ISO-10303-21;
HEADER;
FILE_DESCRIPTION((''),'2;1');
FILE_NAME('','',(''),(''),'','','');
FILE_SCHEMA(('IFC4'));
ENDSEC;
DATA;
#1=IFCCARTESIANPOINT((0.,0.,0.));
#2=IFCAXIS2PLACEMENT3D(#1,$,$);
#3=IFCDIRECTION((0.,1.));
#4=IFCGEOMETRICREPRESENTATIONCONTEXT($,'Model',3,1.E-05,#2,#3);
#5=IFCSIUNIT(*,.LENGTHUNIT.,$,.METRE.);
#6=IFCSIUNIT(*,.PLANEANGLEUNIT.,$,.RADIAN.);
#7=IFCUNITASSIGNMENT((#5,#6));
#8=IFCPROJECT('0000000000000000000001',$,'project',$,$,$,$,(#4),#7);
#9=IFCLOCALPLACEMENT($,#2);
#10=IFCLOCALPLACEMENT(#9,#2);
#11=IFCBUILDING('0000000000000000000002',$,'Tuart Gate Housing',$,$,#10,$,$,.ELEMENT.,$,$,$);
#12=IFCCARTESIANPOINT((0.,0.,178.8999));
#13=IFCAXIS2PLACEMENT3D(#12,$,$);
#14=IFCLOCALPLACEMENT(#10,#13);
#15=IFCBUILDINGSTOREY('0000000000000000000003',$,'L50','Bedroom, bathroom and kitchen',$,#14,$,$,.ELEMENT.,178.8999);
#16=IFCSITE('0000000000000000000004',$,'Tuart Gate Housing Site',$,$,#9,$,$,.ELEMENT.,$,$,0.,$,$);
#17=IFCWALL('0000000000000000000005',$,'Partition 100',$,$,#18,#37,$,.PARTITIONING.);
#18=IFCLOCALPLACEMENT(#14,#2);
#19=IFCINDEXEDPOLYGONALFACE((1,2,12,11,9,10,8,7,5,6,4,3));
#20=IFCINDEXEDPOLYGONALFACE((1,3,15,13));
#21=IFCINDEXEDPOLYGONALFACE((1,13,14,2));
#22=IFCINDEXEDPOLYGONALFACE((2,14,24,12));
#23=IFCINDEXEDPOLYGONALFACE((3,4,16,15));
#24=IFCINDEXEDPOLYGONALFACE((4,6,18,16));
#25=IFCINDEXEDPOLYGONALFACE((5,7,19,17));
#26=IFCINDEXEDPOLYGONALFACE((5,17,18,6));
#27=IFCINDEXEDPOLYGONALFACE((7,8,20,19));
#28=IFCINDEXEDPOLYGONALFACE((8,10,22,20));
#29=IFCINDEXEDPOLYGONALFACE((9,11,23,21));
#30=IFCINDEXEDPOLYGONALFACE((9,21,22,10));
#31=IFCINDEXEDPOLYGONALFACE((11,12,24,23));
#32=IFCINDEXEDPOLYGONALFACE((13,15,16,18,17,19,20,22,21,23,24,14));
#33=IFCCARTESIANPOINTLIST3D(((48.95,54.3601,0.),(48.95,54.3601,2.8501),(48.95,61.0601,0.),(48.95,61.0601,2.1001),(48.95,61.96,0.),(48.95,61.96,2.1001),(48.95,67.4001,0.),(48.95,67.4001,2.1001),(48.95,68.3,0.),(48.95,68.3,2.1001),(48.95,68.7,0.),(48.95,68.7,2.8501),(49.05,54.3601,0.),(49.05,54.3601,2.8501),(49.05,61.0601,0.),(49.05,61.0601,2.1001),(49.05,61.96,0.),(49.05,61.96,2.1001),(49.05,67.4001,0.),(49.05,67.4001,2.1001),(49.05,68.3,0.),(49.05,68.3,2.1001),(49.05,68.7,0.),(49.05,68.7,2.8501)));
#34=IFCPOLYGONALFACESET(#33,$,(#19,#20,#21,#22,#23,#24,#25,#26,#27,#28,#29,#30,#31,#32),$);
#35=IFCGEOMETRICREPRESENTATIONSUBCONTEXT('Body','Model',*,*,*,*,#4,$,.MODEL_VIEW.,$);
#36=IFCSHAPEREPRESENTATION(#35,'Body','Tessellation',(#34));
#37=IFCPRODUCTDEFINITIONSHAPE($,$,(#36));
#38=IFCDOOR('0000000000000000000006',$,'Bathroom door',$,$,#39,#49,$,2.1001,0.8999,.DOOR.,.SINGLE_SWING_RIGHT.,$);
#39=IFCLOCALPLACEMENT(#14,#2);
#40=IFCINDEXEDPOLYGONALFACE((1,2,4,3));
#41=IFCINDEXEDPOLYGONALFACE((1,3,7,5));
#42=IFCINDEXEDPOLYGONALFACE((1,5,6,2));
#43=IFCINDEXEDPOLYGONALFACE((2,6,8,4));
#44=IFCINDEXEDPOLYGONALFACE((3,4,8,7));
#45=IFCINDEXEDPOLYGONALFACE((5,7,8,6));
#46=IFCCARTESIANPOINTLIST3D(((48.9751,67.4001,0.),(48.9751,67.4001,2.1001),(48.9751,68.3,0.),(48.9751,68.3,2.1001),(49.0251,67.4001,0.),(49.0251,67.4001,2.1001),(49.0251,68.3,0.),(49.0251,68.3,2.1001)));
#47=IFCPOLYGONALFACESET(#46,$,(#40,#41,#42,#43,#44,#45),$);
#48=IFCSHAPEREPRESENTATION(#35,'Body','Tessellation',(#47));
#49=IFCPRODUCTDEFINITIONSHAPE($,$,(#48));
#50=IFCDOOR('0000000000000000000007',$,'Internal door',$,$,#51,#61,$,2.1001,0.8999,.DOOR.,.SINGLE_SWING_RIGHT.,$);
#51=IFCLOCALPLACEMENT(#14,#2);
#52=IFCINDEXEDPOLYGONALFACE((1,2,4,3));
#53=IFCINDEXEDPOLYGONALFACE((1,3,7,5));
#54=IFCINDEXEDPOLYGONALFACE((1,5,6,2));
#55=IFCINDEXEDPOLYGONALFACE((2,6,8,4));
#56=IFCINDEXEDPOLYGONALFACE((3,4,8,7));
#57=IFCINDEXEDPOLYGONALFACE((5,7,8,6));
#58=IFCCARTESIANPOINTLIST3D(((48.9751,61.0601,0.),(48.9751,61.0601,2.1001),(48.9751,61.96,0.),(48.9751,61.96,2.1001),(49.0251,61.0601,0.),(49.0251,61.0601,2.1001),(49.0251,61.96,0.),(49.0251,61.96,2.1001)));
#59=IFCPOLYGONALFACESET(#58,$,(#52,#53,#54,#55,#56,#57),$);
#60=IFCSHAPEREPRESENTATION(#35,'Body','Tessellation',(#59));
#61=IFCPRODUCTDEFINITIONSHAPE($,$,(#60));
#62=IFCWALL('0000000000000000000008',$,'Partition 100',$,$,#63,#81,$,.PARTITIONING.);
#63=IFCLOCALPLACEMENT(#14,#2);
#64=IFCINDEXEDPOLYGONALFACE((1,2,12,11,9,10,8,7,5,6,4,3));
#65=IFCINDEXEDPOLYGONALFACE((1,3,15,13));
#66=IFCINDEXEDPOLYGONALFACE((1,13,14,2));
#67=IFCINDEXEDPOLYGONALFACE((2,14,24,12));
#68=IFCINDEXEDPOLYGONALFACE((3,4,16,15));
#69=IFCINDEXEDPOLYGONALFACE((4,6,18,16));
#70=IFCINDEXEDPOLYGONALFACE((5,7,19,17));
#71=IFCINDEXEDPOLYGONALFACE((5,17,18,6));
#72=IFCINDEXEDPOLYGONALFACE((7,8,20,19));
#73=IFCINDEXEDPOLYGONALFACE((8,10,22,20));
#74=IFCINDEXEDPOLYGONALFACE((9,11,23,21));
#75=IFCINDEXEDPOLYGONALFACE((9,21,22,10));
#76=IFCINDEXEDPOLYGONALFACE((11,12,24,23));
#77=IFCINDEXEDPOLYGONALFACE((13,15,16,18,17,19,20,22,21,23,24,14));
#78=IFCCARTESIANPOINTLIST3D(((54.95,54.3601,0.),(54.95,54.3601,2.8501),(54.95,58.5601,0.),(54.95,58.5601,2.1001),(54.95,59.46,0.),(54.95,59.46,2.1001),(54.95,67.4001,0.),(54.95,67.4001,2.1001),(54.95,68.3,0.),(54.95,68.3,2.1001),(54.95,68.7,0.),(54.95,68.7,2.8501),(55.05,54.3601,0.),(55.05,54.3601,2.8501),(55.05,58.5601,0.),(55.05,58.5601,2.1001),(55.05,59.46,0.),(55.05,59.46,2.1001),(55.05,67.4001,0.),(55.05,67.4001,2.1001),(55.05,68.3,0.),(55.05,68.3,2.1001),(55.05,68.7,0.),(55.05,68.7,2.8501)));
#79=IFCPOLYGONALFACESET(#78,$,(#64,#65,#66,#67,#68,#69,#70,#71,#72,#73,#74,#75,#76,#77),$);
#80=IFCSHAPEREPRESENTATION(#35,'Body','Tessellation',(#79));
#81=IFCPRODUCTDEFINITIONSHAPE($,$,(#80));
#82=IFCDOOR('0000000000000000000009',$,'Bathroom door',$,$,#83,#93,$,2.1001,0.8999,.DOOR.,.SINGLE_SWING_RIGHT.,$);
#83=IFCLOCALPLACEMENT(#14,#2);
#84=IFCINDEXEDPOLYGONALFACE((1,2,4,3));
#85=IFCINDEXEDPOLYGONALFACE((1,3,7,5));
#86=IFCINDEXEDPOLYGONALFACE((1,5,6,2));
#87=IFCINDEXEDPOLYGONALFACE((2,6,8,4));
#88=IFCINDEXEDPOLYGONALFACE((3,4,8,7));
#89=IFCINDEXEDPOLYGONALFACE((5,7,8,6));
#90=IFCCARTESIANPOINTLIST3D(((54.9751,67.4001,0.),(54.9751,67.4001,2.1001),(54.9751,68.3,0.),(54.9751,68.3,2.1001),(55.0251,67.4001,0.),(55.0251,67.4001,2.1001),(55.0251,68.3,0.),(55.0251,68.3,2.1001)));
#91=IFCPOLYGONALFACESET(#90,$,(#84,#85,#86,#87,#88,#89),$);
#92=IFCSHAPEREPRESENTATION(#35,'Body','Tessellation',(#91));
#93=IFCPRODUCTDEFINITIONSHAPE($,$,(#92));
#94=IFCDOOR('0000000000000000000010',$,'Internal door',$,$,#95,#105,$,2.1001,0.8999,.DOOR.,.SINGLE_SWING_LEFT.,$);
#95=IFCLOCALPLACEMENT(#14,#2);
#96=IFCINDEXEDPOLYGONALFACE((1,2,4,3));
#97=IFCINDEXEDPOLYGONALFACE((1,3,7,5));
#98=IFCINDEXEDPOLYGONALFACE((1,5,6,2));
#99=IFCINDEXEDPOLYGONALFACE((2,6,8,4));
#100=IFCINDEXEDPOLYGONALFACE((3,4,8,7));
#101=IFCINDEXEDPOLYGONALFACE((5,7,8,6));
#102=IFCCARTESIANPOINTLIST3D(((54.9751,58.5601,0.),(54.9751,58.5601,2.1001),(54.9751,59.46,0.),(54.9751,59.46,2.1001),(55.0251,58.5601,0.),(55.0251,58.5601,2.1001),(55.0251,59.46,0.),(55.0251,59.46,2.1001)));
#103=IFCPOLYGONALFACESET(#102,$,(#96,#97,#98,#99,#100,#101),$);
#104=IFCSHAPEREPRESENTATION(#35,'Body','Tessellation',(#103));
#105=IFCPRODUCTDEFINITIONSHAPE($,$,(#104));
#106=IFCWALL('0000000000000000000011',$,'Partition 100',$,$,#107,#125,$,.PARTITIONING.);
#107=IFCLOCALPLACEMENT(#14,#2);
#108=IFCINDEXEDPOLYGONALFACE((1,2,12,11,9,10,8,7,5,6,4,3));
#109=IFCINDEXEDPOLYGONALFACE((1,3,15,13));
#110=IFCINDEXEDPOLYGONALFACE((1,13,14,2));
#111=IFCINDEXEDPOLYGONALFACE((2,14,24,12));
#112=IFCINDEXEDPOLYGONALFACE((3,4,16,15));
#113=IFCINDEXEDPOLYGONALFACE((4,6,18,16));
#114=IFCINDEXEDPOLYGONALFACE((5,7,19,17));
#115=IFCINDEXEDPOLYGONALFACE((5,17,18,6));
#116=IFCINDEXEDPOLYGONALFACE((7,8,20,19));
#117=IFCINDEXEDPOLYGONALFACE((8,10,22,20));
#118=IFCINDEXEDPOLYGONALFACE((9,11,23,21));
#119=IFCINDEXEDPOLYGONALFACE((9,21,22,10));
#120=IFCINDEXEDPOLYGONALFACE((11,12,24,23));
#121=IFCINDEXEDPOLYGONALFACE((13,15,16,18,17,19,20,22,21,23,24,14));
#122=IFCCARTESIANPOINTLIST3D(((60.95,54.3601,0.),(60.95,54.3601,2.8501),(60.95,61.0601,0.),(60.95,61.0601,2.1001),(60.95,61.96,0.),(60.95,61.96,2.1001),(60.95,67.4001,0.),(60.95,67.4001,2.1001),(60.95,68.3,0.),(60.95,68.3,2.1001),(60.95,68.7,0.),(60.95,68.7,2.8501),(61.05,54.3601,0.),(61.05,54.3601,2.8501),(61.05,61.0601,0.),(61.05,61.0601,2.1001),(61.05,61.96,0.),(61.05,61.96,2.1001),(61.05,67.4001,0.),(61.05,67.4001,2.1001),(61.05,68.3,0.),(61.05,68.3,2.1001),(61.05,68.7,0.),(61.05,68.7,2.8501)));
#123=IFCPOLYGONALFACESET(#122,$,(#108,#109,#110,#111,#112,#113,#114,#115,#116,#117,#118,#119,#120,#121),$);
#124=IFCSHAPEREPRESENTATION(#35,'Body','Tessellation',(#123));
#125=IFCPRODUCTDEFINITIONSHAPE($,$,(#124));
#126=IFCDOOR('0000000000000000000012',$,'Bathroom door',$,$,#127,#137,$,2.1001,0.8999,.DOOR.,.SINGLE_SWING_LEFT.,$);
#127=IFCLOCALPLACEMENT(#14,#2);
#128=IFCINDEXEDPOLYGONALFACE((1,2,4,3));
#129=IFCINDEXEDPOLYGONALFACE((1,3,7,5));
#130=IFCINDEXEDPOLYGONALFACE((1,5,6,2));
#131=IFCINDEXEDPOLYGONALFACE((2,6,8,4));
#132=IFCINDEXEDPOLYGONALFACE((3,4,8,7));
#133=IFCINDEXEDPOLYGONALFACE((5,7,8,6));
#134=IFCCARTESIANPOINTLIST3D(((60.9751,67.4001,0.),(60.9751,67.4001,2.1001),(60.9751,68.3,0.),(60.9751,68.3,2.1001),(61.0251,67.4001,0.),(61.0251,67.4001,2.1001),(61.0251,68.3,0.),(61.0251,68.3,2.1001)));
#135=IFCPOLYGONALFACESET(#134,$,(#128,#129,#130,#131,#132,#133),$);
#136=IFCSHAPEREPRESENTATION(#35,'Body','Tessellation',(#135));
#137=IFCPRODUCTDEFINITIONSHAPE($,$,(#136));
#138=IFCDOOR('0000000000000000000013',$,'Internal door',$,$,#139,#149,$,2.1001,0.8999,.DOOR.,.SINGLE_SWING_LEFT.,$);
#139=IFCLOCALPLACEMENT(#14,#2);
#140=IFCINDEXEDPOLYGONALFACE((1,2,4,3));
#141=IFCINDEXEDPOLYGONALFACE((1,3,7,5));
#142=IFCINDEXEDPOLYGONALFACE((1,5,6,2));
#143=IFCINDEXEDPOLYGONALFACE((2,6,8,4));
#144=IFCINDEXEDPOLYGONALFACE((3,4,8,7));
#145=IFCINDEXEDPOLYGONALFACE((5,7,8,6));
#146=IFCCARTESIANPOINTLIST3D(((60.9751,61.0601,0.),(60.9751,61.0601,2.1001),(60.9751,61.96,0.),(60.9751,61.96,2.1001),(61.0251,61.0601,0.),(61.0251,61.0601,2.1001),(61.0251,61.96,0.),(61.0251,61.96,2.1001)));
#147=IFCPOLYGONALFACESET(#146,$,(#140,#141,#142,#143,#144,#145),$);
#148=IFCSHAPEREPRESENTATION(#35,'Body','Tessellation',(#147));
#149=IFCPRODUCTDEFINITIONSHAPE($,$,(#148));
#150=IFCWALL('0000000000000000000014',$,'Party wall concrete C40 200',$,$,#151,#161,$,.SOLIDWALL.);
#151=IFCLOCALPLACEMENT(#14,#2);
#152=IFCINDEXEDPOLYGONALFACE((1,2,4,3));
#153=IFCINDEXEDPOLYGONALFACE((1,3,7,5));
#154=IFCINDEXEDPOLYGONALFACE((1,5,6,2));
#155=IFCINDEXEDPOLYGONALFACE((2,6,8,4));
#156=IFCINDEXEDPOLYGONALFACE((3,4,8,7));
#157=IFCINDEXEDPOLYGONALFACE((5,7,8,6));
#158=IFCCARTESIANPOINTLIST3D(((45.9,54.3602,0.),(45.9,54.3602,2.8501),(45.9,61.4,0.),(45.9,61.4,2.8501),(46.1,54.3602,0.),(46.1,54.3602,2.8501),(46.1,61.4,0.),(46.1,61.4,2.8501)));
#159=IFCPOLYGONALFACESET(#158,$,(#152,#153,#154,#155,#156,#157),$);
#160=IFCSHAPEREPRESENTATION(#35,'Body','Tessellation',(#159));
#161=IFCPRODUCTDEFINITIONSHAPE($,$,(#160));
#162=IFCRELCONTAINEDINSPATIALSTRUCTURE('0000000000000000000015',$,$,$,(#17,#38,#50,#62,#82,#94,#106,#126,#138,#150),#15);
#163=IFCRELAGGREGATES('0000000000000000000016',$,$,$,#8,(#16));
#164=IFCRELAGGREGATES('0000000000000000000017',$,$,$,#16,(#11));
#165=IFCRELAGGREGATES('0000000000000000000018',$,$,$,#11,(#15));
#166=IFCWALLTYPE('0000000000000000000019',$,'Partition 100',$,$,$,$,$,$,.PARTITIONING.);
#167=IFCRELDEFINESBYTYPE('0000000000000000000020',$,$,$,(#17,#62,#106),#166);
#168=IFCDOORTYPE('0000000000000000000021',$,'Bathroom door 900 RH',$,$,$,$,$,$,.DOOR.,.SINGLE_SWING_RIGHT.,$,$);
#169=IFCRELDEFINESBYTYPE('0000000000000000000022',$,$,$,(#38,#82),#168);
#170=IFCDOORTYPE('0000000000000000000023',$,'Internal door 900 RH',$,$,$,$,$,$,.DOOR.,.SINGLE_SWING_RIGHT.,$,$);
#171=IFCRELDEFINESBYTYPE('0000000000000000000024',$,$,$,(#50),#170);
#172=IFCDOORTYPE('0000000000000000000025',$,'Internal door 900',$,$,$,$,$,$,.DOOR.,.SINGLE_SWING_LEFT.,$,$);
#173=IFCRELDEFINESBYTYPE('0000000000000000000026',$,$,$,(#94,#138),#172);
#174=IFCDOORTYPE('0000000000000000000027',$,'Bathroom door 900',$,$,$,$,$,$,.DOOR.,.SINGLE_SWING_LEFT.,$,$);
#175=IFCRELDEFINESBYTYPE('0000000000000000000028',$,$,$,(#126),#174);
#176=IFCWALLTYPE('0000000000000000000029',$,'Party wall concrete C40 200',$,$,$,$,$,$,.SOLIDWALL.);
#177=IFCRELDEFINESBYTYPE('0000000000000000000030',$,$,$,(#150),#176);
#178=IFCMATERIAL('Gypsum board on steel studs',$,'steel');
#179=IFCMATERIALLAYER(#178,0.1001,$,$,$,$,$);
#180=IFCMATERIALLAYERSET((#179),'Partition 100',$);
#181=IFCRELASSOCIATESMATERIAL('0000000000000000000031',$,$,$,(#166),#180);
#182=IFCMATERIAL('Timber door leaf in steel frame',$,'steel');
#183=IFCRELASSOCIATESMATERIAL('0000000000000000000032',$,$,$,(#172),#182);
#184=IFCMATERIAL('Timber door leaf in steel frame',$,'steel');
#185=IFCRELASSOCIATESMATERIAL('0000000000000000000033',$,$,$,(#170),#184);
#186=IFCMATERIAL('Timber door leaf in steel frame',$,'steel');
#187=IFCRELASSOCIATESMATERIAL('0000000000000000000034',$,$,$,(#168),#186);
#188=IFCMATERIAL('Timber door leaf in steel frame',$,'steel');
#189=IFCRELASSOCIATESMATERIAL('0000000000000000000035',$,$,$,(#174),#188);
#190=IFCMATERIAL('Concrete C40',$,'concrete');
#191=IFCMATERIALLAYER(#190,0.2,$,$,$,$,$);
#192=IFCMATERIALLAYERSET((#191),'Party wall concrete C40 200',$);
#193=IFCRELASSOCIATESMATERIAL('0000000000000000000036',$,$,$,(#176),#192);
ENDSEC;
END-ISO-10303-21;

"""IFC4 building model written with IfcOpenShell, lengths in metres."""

from ifc_helpers import new_model, si_unit, direction, frame, frame_2d, origin, place, context, subcontext, project, spatial, rectangle, extrude, material, layer, layer_set, type_object, element, fill, save


model = new_model("IFC4")

# Units and contexts
model_context = context("Model", 3, precision=1e-05, world=origin(), true_north=direction((0.0, 1.0)))
body_context = subcontext(model_context, "Body", "Model", "MODEL_VIEW")
ifc_project = project(units=[si_unit("LENGTHUNIT", "METRE"), si_unit("PLANEANGLEUNIT", "RADIAN")], contexts=[model_context])

# Site, building, storey
site_placement = place(None, origin())
site = spatial("IfcSite", under=ifc_project, at=site_placement, Name="Tuart Gate Housing Site", CompositionType="ELEMENT", RefElevation=0.0)
building_placement = place(site_placement, origin())
building = spatial("IfcBuilding", under=site, at=building_placement, Name="Tuart Gate Housing", CompositionType="ELEMENT")
storey_placement = place(building_placement, frame((0.0, 0.0, 178.8999)))
storey = spatial("IfcBuildingStorey", under=building, at=storey_placement, Name="L50", Description="Bedroom, bathroom and kitchen", CompositionType="ELEMENT", Elevation=178.8999)

# Shared definitions
ifc_material_1 = material(Name="Gypsum board on steel studs", Category="steel")
ifc_layer_1 = layer(ifc_material_1, 0.1001)
ifc_layer_set_1 = layer_set([ifc_layer_1], Name="Partition 100")
wall_type_1 = type_object("IfcWallType", Name="Partition 100", PredefinedType="PARTITIONING", material=ifc_layer_set_1)
ifc_material_2 = material(Name="Timber door leaf in steel frame", Category="steel")
door_type_1 = type_object("IfcDoorType", Name="Internal door 900", OperationType="SINGLE_SWING_LEFT", PredefinedType="DOOR", material=ifc_material_2)
ifc_material_3 = material(Name="Timber door leaf in steel frame", Category="steel")
door_type_2 = type_object("IfcDoorType", Name="Internal door 900 RH", OperationType="SINGLE_SWING_RIGHT", PredefinedType="DOOR", material=ifc_material_3)

# Walls, openings, doors
wall_1_placement = place(storey_placement, frame((49.0, 54.3601, 0.0), z_axis=(0.0, 0.0, 1.0), x_axis=(0.0, 1.0, 0.0)))
wall_1 = element("IfcWall", 1, at=wall_1_placement, inside=storey, type_object=wall_type_1, Name="Partition 100", PredefinedType="PARTITIONING", context=body_context, shape_type="SweptSolid", body=[
    extrude(rectangle(XDim=14.3398, YDim=0.1001, at=frame_2d((7.1699, 0.0))), origin(), (0.0, 0.0, 1.0), 2.8501),
])
opening_1_placement = place(wall_1_placement, frame((6.7, 0.0, 0.0)))
opening_1 = element("IfcOpeningElement", 2, at=opening_1_placement, cuts=wall_1, PredefinedType="OPENING", context=body_context, shape_type="SweptSolid", body=[
    extrude(rectangle(XDim=0.8999, YDim=2.1001, at=frame_2d((0.45, 1.05))), frame((0.0, 0.0601, 0.0), z_axis=(0.0, -1.0, 0.0), x_axis=(1.0, 0.0, 0.0)), (0.0, 0.0, 1.0), 0.1201),
])
opening_2_placement = place(wall_1_placement, frame((13.04, 0.0, 0.0)))
opening_2 = element("IfcOpeningElement", 3, at=opening_2_placement, cuts=wall_1, PredefinedType="OPENING", context=body_context, shape_type="SweptSolid", body=[
    extrude(rectangle(XDim=0.8999, YDim=2.1001, at=frame_2d((0.45, 1.05))), frame((0.0, 0.0601, 0.0), z_axis=(0.0, -1.0, 0.0), x_axis=(1.0, 0.0, 0.0)), (0.0, 0.0, 1.0), 0.1201),
])
ifc_material_4 = material(Name="Timber door leaf in steel frame", Category="steel")
door_type_3 = type_object("IfcDoorType", Name="Bathroom door 900 RH", OperationType="SINGLE_SWING_RIGHT", PredefinedType="DOOR", material=ifc_material_4)
door_1_placement = place(opening_2_placement, origin())
door_1 = element("IfcDoor", 4, at=door_1_placement, inside=storey, type_object=door_type_3, Name="Bathroom door", OperationType="SINGLE_SWING_RIGHT", OverallHeight=2.1001, OverallWidth=0.8999, PredefinedType="DOOR", context=body_context, shape_type="SweptSolid", body=[
    extrude(rectangle(XDim=0.8999, YDim=2.1001, at=frame_2d((0.45, 1.05))), frame((0.0, 0.0249, 0.0), z_axis=(0.0, -1.0, 0.0), x_axis=(1.0, 0.0, 0.0)), (0.0, 0.0, 1.0), 0.05),
])
fill(opening_2, door_1)
door_2_placement = place(opening_1_placement, origin())
door_2 = element("IfcDoor", 5, at=door_2_placement, inside=storey, type_object=door_type_2, Name="Internal door", OperationType="SINGLE_SWING_RIGHT", OverallHeight=2.1001, OverallWidth=0.8999, PredefinedType="DOOR", context=body_context, shape_type="SweptSolid", body=[
    extrude(rectangle(XDim=0.8999, YDim=2.1001, at=frame_2d((0.45, 1.05))), frame((0.0, 0.0249, 0.0), z_axis=(0.0, -1.0, 0.0), x_axis=(1.0, 0.0, 0.0)), (0.0, 0.0, 1.0), 0.05),
])
fill(opening_1, door_2)
wall_2_placement = place(storey_placement, frame((55.0, 54.3601, 0.0), z_axis=(0.0, 0.0, 1.0), x_axis=(0.0, 1.0, 0.0)))
wall_2 = element("IfcWall", 6, at=wall_2_placement, inside=storey, type_object=wall_type_1, Name="Partition 100", PredefinedType="PARTITIONING", context=body_context, shape_type="SweptSolid", body=[
    extrude(rectangle(XDim=14.3398, YDim=0.1001, at=frame_2d((7.1699, 0.0))), origin(), (0.0, 0.0, 1.0), 2.8501),
])
opening_3_placement = place(wall_2_placement, frame((4.2, 0.0, 0.0)))
opening_3 = element("IfcOpeningElement", 7, at=opening_3_placement, cuts=wall_2, PredefinedType="OPENING", context=body_context, shape_type="SweptSolid", body=[
    extrude(rectangle(XDim=0.8999, YDim=2.1001, at=frame_2d((0.45, 1.05))), frame((0.0, 0.0601, 0.0), z_axis=(0.0, -1.0, 0.0), x_axis=(1.0, 0.0, 0.0)), (0.0, 0.0, 1.0), 0.1201),
])
opening_4_placement = place(wall_2_placement, frame((13.04, 0.0, 0.0)))
opening_4 = element("IfcOpeningElement", 8, at=opening_4_placement, cuts=wall_2, PredefinedType="OPENING", context=body_context, shape_type="SweptSolid", body=[
    extrude(rectangle(XDim=0.8999, YDim=2.1001, at=frame_2d((0.45, 1.05))), frame((0.0, 0.0601, 0.0), z_axis=(0.0, -1.0, 0.0), x_axis=(1.0, 0.0, 0.0)), (0.0, 0.0, 1.0), 0.1201),
])
door_3_placement = place(opening_4_placement, origin())
door_3 = element("IfcDoor", 9, at=door_3_placement, inside=storey, type_object=door_type_3, Name="Bathroom door", OperationType="SINGLE_SWING_RIGHT", OverallHeight=2.1001, OverallWidth=0.8999, PredefinedType="DOOR", context=body_context, shape_type="SweptSolid", body=[
    extrude(rectangle(XDim=0.8999, YDim=2.1001, at=frame_2d((0.45, 1.05))), frame((0.0, 0.0249, 0.0), z_axis=(0.0, -1.0, 0.0), x_axis=(1.0, 0.0, 0.0)), (0.0, 0.0, 1.0), 0.05),
])
fill(opening_4, door_3)
door_4_placement = place(opening_3_placement, origin())
door_4 = element("IfcDoor", 10, at=door_4_placement, inside=storey, type_object=door_type_1, Name="Internal door", OperationType="SINGLE_SWING_LEFT", OverallHeight=2.1001, OverallWidth=0.8999, PredefinedType="DOOR", context=body_context, shape_type="SweptSolid", body=[
    extrude(rectangle(XDim=0.8999, YDim=2.1001, at=frame_2d((0.45, 1.05))), frame((0.0, 0.0249, 0.0), z_axis=(0.0, -1.0, 0.0), x_axis=(1.0, 0.0, 0.0)), (0.0, 0.0, 1.0), 0.05),
])
fill(opening_3, door_4)
wall_3_placement = place(storey_placement, frame((61.0, 54.3601, 0.0), z_axis=(0.0, 0.0, 1.0), x_axis=(0.0, 1.0, 0.0)))
wall_3 = element("IfcWall", 11, at=wall_3_placement, inside=storey, type_object=wall_type_1, Name="Partition 100", PredefinedType="PARTITIONING", context=body_context, shape_type="SweptSolid", body=[
    extrude(rectangle(XDim=14.3398, YDim=0.1001, at=frame_2d((7.1699, 0.0))), origin(), (0.0, 0.0, 1.0), 2.8501),
])
opening_5_placement = place(wall_3_placement, frame((6.7, 0.0, 0.0)))
opening_5 = element("IfcOpeningElement", 12, at=opening_5_placement, cuts=wall_3, PredefinedType="OPENING", context=body_context, shape_type="SweptSolid", body=[
    extrude(rectangle(XDim=0.8999, YDim=2.1001, at=frame_2d((0.45, 1.05))), frame((0.0, 0.0601, 0.0), z_axis=(0.0, -1.0, 0.0), x_axis=(1.0, 0.0, 0.0)), (0.0, 0.0, 1.0), 0.1201),
])
opening_6_placement = place(wall_3_placement, frame((13.04, 0.0, 0.0)))
opening_6 = element("IfcOpeningElement", 13, at=opening_6_placement, cuts=wall_3, PredefinedType="OPENING", context=body_context, shape_type="SweptSolid", body=[
    extrude(rectangle(XDim=0.8999, YDim=2.1001, at=frame_2d((0.45, 1.05))), frame((0.0, 0.0601, 0.0), z_axis=(0.0, -1.0, 0.0), x_axis=(1.0, 0.0, 0.0)), (0.0, 0.0, 1.0), 0.1201),
])
ifc_material_5 = material(Name="Timber door leaf in steel frame", Category="steel")
door_type_4 = type_object("IfcDoorType", Name="Bathroom door 900", OperationType="SINGLE_SWING_LEFT", PredefinedType="DOOR", material=ifc_material_5)
door_5_placement = place(opening_6_placement, frame((0.8999, 0.0, 0.0), z_axis=(0.0, 0.0, 1.0), x_axis=(-1.0, 0.0, 0.0)))
door_5 = element("IfcDoor", 14, at=door_5_placement, inside=storey, type_object=door_type_4, Name="Bathroom door", OperationType="SINGLE_SWING_LEFT", OverallHeight=2.1001, OverallWidth=0.8999, PredefinedType="DOOR", context=body_context, shape_type="SweptSolid", body=[
    extrude(rectangle(XDim=0.8999, YDim=2.1001, at=frame_2d((0.45, 1.05))), frame((0.0, 0.0251, 0.0), z_axis=(0.0, -1.0, 0.0), x_axis=(1.0, 0.0, 0.0)), (0.0, 0.0, 1.0), 0.05),
])
fill(opening_6, door_5)
door_6_placement = place(opening_5_placement, frame((0.8999, 0.0, 0.0), z_axis=(0.0, 0.0, 1.0), x_axis=(-1.0, 0.0, 0.0)))
door_6 = element("IfcDoor", 15, at=door_6_placement, inside=storey, type_object=door_type_1, Name="Internal door", OperationType="SINGLE_SWING_LEFT", OverallHeight=2.1001, OverallWidth=0.8999, PredefinedType="DOOR", context=body_context, shape_type="SweptSolid", body=[
    extrude(rectangle(XDim=0.8999, YDim=2.1001, at=frame_2d((0.45, 1.05))), frame((0.0, 0.0251, 0.0), z_axis=(0.0, -1.0, 0.0), x_axis=(1.0, 0.0, 0.0)), (0.0, 0.0, 1.0), 0.05),
])
fill(opening_5, door_6)

# Wall
ifc_material_6 = material(Name="Concrete C40", Category="concrete")
ifc_layer_2 = layer(ifc_material_6, 0.2)
ifc_layer_set_2 = layer_set([ifc_layer_2], Name="Party wall concrete C40 200")
wall_type_2 = type_object("IfcWallType", Name="Party wall concrete C40 200", PredefinedType="SOLIDWALL", material=ifc_layer_set_2)
wall_4_placement = place(storey_placement, frame((46.0, 54.3601, 0.0), z_axis=(0.0, 0.0, 1.0), x_axis=(0.0, 1.0, 0.0)))
element("IfcWall", 16, at=wall_4_placement, inside=storey, type_object=wall_type_2, Name="Party wall concrete C40 200", PredefinedType="SOLIDWALL", context=body_context, shape_type="SweptSolid", body=[
    extrude(rectangle(XDim=7.0398, YDim=0.2, at=frame_2d((3.52, 0.0))), origin(), (0.0, 0.0, 1.0), 2.8501),
])

save(model, "model.ifc")
